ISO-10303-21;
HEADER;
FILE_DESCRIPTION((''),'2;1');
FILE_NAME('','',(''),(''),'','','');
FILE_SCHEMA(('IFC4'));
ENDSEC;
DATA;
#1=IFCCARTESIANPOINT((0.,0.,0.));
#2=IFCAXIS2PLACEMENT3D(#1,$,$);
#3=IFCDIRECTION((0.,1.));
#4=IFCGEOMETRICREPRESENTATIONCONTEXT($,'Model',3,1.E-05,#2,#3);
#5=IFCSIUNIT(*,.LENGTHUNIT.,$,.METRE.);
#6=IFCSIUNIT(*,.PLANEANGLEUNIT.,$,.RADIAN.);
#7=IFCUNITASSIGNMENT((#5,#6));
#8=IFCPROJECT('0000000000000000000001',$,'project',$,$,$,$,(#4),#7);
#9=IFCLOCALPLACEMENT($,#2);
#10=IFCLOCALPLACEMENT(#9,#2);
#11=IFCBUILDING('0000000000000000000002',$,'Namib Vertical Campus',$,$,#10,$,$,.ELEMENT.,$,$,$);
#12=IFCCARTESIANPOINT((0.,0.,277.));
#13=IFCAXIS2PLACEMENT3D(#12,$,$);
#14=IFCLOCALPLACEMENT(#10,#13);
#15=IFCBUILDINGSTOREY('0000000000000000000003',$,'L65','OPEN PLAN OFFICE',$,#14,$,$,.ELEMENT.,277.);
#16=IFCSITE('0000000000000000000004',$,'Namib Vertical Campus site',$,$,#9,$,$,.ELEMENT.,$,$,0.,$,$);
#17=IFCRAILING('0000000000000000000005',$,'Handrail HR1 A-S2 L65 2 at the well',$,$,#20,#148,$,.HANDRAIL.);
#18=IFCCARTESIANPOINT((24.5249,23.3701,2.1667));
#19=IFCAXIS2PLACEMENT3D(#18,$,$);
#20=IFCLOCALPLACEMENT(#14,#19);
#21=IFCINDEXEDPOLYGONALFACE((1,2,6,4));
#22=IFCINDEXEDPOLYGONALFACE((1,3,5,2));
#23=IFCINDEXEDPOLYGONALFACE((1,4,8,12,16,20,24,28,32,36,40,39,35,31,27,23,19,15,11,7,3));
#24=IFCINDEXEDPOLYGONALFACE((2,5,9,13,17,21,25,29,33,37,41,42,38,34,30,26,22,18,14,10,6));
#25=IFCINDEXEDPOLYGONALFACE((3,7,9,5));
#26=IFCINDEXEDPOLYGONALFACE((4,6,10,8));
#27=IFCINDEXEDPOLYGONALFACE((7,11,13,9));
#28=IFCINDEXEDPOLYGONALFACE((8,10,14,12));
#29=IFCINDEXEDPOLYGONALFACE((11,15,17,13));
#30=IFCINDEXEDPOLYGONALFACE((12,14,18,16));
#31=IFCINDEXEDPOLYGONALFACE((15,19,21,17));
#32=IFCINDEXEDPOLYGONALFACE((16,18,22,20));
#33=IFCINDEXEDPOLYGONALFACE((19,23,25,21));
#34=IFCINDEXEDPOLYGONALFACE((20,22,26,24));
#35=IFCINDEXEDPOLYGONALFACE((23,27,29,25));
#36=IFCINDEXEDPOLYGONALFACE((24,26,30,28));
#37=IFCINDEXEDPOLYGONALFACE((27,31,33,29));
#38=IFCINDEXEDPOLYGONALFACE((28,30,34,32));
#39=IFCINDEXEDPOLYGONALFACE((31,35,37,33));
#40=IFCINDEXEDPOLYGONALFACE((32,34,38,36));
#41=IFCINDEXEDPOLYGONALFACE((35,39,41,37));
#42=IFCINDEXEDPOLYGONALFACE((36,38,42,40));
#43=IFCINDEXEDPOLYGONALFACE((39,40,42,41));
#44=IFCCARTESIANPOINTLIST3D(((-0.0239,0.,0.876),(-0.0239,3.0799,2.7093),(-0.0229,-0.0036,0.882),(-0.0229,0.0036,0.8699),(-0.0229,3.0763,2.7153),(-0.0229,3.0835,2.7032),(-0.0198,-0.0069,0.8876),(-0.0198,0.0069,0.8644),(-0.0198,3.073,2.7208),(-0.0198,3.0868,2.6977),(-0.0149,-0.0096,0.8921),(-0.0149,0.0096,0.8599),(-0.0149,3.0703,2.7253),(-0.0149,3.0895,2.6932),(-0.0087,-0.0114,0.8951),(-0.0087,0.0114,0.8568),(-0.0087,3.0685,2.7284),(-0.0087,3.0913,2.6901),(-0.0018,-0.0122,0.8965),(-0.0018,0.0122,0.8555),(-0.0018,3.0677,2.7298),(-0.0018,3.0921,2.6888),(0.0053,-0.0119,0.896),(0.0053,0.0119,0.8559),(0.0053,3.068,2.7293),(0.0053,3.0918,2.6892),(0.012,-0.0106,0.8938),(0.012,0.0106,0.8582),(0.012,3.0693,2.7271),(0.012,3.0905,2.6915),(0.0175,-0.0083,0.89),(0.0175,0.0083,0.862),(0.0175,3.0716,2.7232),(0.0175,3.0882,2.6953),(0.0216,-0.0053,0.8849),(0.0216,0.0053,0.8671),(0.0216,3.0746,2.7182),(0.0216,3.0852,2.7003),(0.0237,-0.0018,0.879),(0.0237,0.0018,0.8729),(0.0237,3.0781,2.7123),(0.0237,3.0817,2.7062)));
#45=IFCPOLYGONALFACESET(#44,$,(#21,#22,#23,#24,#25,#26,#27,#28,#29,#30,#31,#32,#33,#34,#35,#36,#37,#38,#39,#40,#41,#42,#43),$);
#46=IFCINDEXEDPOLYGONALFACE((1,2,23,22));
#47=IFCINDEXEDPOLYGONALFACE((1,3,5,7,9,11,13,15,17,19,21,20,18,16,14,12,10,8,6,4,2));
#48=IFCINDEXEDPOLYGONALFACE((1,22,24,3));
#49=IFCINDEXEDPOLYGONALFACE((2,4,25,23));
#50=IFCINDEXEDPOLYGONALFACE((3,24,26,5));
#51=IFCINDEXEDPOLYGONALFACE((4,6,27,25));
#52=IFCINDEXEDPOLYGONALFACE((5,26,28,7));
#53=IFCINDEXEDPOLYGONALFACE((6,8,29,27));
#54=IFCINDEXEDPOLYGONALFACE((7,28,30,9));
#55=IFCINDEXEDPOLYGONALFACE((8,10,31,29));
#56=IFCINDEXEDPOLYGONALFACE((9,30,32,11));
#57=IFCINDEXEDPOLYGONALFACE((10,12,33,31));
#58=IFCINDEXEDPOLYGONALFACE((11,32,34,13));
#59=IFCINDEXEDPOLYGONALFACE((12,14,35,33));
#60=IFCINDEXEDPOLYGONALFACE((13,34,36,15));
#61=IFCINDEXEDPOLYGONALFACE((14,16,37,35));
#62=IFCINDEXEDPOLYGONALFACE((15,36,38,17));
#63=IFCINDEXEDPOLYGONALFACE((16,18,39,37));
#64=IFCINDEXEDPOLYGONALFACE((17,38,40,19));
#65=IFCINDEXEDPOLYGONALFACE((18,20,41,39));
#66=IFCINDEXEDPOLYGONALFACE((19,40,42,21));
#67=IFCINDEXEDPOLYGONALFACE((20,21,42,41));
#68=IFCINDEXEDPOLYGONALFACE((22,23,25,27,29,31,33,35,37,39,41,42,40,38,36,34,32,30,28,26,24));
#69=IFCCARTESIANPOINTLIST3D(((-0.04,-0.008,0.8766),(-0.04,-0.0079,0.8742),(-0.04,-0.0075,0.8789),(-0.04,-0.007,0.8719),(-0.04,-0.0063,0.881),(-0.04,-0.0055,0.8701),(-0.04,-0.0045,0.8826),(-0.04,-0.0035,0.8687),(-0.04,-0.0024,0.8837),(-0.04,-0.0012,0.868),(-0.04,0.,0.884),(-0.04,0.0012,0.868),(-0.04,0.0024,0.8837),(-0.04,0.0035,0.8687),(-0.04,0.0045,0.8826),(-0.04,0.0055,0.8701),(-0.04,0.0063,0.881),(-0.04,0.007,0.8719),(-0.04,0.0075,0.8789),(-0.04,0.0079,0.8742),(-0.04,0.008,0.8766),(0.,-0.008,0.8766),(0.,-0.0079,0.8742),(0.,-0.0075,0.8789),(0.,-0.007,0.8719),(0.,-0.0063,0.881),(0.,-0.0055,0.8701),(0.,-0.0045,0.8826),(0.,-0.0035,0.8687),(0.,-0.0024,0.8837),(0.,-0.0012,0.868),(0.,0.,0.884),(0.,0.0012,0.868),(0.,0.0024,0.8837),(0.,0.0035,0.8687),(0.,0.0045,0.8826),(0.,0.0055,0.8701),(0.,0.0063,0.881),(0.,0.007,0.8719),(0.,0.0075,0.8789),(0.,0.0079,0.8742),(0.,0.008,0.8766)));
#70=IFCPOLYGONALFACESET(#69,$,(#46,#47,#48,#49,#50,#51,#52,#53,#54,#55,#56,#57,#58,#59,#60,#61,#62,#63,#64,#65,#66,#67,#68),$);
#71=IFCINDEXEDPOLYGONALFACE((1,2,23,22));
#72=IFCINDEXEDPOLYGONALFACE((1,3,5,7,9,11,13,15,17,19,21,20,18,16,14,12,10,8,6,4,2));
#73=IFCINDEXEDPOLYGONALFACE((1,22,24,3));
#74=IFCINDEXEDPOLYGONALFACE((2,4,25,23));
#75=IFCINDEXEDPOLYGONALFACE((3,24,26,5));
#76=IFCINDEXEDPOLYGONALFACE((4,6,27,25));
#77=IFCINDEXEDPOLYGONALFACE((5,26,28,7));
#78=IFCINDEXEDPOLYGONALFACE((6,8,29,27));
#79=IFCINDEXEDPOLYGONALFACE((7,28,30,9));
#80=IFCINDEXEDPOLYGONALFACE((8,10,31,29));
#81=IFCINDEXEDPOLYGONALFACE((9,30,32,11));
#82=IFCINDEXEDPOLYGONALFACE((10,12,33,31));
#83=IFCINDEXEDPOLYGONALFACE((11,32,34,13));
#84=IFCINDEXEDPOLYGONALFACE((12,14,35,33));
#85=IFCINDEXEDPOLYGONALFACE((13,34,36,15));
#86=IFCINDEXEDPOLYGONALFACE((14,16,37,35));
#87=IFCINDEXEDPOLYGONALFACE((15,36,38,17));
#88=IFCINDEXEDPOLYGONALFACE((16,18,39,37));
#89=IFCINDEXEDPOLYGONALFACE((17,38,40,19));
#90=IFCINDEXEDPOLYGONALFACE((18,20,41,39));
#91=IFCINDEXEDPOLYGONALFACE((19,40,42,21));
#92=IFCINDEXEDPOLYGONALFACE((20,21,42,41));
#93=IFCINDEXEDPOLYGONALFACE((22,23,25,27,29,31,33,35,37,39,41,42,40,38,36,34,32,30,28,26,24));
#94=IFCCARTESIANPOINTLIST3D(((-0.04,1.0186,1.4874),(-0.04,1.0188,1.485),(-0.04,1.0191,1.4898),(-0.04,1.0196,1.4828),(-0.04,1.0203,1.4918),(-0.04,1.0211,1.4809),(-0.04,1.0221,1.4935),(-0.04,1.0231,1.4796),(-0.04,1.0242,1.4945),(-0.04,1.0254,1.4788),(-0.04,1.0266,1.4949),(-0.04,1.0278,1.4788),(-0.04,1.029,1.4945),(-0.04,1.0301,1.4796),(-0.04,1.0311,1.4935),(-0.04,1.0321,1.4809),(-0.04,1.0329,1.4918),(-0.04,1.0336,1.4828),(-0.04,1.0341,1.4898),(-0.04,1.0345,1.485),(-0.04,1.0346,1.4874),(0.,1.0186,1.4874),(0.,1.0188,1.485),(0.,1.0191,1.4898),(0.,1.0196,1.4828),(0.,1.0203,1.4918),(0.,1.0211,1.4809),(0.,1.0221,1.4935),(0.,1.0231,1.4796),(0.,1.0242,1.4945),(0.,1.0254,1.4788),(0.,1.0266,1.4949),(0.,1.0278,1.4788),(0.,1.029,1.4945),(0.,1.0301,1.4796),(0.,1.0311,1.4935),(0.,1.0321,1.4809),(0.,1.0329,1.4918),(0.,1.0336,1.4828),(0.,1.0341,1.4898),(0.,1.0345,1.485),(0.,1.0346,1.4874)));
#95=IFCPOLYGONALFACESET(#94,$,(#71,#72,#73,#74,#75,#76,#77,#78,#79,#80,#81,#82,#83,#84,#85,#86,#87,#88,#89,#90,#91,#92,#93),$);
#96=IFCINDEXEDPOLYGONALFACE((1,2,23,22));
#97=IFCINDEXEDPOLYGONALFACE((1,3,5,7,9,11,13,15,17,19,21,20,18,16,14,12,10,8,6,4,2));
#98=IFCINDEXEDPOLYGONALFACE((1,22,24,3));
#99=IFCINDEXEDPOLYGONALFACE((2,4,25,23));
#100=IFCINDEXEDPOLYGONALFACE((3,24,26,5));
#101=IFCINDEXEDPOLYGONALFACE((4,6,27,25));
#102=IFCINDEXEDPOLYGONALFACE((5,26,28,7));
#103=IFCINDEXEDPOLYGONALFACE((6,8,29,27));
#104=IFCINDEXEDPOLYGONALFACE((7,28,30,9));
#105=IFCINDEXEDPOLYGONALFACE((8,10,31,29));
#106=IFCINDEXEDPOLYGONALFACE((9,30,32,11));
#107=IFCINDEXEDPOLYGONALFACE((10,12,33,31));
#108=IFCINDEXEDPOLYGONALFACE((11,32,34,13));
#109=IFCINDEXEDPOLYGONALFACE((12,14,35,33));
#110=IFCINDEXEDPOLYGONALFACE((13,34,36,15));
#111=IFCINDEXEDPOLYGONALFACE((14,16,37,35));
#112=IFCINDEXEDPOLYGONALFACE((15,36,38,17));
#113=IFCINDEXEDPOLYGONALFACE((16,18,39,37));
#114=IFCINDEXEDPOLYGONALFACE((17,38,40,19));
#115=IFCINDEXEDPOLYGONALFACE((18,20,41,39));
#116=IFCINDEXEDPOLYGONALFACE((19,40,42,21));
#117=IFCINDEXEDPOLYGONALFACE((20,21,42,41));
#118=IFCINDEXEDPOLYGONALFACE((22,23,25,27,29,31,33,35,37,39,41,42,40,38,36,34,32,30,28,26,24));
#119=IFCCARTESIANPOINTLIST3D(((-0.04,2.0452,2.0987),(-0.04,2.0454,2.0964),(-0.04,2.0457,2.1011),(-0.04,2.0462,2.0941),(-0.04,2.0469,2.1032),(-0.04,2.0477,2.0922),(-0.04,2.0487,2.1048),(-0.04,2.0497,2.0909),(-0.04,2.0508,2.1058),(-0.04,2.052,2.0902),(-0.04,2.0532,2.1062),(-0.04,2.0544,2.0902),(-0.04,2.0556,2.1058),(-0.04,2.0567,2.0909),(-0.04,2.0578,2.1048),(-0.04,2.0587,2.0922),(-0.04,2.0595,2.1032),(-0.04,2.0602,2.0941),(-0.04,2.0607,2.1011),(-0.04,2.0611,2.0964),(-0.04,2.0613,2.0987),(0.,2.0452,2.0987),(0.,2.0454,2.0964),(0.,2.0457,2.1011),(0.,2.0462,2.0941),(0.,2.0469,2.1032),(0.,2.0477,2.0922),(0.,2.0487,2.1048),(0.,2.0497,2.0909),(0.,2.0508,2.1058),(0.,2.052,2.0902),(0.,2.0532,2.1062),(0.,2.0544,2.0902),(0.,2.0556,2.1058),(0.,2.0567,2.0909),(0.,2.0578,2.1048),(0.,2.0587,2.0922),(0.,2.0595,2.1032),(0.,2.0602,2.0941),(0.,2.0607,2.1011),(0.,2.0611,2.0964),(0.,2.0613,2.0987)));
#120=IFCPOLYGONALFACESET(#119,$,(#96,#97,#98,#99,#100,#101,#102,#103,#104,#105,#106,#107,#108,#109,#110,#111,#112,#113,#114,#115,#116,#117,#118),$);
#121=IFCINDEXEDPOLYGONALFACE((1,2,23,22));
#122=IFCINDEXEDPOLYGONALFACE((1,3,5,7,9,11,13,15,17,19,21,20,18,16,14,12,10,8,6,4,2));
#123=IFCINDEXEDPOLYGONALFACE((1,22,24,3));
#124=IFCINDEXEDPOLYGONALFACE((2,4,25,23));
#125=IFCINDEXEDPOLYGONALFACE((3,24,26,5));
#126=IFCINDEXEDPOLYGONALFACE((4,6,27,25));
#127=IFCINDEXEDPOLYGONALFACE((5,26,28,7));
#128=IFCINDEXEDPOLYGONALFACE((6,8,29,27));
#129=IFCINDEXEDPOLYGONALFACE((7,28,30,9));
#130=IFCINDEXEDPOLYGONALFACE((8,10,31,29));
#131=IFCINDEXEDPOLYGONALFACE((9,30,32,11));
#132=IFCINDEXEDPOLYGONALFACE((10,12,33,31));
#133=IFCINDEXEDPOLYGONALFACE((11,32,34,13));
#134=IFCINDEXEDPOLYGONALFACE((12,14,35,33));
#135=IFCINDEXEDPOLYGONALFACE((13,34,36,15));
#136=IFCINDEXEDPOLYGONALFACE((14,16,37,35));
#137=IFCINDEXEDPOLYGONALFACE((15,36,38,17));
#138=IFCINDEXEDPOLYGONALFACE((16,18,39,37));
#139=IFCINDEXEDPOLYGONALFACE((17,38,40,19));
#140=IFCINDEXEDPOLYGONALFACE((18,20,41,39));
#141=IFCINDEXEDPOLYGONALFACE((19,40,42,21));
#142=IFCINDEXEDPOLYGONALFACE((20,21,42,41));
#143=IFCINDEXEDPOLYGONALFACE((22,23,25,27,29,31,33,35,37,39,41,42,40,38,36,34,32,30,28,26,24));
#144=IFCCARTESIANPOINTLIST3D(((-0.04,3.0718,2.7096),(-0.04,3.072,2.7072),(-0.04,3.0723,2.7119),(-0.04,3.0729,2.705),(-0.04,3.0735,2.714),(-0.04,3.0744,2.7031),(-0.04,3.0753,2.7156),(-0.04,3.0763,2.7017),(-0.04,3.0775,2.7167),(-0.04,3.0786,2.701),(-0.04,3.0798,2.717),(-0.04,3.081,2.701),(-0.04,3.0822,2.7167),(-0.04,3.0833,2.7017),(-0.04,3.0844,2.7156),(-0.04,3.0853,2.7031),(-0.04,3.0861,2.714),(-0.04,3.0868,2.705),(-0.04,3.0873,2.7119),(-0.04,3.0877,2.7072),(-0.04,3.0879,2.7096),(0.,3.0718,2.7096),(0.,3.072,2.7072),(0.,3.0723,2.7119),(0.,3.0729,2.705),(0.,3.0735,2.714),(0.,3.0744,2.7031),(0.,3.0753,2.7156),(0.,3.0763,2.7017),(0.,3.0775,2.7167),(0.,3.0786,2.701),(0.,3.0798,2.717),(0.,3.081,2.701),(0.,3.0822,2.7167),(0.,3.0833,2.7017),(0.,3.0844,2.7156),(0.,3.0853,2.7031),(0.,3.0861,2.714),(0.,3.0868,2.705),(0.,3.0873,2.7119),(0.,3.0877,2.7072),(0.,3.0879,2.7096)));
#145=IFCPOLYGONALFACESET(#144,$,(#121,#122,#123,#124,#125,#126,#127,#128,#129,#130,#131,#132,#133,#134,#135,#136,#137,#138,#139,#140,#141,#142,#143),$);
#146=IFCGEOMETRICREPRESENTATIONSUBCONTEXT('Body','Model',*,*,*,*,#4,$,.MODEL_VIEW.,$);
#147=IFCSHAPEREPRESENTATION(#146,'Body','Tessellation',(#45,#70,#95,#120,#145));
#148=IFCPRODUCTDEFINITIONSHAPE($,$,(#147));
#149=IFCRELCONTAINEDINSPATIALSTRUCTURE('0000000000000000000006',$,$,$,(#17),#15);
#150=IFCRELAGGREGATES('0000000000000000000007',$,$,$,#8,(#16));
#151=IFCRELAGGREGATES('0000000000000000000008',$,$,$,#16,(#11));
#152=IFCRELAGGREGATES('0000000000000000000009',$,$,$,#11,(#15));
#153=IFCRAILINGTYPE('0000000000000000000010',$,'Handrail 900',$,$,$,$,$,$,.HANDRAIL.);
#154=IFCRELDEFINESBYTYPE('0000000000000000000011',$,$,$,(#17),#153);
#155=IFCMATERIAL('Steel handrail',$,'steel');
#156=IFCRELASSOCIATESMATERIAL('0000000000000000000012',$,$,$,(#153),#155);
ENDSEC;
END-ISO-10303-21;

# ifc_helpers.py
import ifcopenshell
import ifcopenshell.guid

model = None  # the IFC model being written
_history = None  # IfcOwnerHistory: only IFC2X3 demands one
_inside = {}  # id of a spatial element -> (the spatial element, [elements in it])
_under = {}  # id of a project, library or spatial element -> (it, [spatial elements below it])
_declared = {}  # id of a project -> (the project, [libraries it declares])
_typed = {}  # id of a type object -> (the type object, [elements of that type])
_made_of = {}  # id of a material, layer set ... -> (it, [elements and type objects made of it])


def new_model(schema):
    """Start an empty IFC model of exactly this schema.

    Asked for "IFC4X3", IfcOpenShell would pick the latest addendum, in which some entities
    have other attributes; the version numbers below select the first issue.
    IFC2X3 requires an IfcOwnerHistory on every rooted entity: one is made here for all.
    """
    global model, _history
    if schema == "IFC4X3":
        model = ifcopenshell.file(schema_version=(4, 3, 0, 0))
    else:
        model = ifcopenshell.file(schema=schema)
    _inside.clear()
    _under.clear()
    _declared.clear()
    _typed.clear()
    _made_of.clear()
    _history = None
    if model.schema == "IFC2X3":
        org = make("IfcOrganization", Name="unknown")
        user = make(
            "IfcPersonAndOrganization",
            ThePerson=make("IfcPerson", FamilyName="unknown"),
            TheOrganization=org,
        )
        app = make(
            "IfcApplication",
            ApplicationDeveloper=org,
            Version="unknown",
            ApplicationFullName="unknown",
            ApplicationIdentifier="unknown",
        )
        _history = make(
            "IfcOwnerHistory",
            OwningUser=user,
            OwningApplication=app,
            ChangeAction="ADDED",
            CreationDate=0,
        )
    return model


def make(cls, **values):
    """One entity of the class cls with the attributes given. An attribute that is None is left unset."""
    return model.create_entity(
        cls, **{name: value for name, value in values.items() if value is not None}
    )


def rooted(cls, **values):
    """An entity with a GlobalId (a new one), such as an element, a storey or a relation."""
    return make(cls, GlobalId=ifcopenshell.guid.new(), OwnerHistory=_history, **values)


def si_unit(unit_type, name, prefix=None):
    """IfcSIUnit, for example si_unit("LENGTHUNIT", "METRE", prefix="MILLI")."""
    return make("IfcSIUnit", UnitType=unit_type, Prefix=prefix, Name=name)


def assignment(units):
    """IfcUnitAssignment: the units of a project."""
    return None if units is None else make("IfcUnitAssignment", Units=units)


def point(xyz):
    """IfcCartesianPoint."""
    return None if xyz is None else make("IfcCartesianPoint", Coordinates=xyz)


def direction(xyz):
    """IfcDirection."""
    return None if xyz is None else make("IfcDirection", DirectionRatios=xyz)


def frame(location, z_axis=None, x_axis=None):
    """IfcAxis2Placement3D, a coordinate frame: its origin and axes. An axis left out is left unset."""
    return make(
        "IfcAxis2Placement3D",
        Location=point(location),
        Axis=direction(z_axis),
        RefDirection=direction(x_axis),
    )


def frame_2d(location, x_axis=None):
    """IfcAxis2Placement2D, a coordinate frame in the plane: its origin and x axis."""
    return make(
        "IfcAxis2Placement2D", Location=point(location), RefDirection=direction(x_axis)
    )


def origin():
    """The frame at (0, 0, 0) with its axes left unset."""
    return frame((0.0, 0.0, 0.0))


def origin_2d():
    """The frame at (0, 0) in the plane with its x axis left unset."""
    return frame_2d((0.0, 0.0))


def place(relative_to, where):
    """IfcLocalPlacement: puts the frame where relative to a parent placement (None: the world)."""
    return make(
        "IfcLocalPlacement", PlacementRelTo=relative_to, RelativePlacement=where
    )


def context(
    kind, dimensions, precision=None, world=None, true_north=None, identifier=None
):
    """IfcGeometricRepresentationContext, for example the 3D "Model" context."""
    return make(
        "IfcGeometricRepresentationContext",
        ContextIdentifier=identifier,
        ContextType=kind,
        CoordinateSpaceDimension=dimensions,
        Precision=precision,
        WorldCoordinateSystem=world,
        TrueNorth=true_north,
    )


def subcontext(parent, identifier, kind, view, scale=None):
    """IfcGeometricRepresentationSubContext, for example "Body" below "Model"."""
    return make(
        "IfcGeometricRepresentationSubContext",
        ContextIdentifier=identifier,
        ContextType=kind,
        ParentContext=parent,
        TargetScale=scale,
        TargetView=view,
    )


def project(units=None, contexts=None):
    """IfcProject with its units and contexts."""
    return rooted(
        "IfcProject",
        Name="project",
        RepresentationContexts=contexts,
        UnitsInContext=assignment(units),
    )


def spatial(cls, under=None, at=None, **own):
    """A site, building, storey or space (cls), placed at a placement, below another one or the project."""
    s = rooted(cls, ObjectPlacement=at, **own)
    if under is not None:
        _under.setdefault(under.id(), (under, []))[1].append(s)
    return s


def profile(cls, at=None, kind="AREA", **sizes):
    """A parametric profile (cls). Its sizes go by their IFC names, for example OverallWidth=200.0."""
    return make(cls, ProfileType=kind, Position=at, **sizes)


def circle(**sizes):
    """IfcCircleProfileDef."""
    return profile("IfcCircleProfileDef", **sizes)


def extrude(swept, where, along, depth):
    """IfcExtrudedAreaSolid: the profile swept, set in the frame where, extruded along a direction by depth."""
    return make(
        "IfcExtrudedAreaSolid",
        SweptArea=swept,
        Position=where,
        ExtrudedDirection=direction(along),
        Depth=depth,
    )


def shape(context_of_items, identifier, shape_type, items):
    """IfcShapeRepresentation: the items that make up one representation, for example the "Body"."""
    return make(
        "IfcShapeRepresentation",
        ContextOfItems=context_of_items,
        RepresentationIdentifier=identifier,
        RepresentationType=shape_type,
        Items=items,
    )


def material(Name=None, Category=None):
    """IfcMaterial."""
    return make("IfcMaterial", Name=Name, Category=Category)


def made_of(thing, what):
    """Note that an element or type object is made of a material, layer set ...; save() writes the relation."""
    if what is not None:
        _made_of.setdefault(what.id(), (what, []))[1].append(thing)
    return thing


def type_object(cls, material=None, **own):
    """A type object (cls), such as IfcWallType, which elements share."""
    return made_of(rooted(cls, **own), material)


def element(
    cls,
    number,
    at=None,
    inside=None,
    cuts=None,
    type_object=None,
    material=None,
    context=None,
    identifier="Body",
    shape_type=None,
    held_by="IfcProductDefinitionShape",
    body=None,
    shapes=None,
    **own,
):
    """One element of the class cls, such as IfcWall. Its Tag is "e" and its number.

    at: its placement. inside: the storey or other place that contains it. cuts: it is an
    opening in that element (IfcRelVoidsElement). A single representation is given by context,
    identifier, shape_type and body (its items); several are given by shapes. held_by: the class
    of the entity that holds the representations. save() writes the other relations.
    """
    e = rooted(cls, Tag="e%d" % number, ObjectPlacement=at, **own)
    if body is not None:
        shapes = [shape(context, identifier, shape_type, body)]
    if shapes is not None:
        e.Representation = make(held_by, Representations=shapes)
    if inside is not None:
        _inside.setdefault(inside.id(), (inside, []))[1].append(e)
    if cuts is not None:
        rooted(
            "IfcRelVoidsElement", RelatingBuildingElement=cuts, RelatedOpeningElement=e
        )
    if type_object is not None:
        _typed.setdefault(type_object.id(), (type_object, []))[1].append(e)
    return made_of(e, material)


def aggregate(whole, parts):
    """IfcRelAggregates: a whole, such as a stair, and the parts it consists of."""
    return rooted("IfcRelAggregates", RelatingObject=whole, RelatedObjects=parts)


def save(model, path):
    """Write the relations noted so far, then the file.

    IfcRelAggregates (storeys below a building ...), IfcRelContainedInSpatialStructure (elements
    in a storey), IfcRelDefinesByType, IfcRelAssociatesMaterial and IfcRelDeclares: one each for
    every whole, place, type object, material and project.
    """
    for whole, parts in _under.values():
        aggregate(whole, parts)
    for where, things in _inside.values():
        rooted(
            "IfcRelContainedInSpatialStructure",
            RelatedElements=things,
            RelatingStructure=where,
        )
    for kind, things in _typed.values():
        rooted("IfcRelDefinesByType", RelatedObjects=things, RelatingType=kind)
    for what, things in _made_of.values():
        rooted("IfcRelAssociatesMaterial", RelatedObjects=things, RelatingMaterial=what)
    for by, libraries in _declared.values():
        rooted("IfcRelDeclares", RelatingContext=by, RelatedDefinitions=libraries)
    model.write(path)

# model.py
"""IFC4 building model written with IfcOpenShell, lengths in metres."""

from ifc_helpers import new_model, si_unit, direction, frame, origin, origin_2d, place, context, subcontext, project, spatial, circle, extrude, material, type_object, element, save


model = new_model("IFC4")

# Units and contexts
model_context = context("Model", 3, precision=1e-05, world=origin(), true_north=direction((0.0, 1.0)))
body_context = subcontext(model_context, "Body", "Model", "MODEL_VIEW")
ifc_project = project(units=[si_unit("LENGTHUNIT", "METRE"), si_unit("PLANEANGLEUNIT", "RADIAN")], contexts=[model_context])

# Site, building, storey
site_placement = place(None, origin())
site = spatial("IfcSite", under=ifc_project, at=site_placement, Name="Namib Vertical Campus site", CompositionType="ELEMENT", RefElevation=0.0)
building_placement = place(site_placement, origin())
building = spatial("IfcBuilding", under=site, at=building_placement, Name="Namib Vertical Campus", CompositionType="ELEMENT")
storey_placement = place(building_placement, frame((0.0, 0.0, 277.0)))
storey = spatial("IfcBuildingStorey", under=building, at=storey_placement, Name="L65", Description="OPEN PLAN OFFICE", CompositionType="ELEMENT", Elevation=277.0)

# Railing
ifc_material_1 = material(Name="Steel handrail", Category="steel")
railing_type_1 = type_object("IfcRailingType", Name="Handrail 900", PredefinedType="HANDRAIL", material=ifc_material_1)
railing_1_placement = place(storey_placement, frame((24.5249, 23.3701, 2.1667)))
element("IfcRailing", 1, at=railing_1_placement, inside=storey, type_object=railing_type_1, Name="Handrail HR1 A-S2 L65 2 at the well", PredefinedType="HANDRAIL", context=body_context, shape_type="SweptSolid", body=[
    extrude(circle(Radius=0.0239, at=origin_2d()), frame((0.0, 0.0, 0.876), z_axis=(0.0, 0.859291, 0.511487), x_axis=(-1.0, 0.0, 0.0)), (0.0, 0.0, 1.0), 3.5842),
    extrude(circle(Radius=0.0081, at=origin_2d()), frame((0.0, 0.0, 0.876), z_axis=(-1.0, 0.0, 0.0), x_axis=(0.0, 0.0, 1.0)), (0.0, 0.0, 1.0), 0.04),
    extrude(circle(Radius=0.0081, at=origin_2d()), frame((0.0, 1.0266, 1.4868), z_axis=(-1.0, 0.0, 0.0), x_axis=(0.0, 0.0, 1.0)), (0.0, 0.0, 1.0), 0.04),
    extrude(circle(Radius=0.0081, at=origin_2d()), frame((0.0, 2.0532, 2.0981), z_axis=(-1.0, 0.0, 0.0), x_axis=(0.0, 0.0, 1.0)), (0.0, 0.0, 1.0), 0.04),
    extrude(circle(Radius=0.0081, at=origin_2d()), frame((0.0, 3.0798, 2.709), z_axis=(-1.0, 0.0, 0.0), x_axis=(0.0, 0.0, 1.0)), (0.0, 0.0, 1.0), 0.04),
])

save(model, "model.ifc")
